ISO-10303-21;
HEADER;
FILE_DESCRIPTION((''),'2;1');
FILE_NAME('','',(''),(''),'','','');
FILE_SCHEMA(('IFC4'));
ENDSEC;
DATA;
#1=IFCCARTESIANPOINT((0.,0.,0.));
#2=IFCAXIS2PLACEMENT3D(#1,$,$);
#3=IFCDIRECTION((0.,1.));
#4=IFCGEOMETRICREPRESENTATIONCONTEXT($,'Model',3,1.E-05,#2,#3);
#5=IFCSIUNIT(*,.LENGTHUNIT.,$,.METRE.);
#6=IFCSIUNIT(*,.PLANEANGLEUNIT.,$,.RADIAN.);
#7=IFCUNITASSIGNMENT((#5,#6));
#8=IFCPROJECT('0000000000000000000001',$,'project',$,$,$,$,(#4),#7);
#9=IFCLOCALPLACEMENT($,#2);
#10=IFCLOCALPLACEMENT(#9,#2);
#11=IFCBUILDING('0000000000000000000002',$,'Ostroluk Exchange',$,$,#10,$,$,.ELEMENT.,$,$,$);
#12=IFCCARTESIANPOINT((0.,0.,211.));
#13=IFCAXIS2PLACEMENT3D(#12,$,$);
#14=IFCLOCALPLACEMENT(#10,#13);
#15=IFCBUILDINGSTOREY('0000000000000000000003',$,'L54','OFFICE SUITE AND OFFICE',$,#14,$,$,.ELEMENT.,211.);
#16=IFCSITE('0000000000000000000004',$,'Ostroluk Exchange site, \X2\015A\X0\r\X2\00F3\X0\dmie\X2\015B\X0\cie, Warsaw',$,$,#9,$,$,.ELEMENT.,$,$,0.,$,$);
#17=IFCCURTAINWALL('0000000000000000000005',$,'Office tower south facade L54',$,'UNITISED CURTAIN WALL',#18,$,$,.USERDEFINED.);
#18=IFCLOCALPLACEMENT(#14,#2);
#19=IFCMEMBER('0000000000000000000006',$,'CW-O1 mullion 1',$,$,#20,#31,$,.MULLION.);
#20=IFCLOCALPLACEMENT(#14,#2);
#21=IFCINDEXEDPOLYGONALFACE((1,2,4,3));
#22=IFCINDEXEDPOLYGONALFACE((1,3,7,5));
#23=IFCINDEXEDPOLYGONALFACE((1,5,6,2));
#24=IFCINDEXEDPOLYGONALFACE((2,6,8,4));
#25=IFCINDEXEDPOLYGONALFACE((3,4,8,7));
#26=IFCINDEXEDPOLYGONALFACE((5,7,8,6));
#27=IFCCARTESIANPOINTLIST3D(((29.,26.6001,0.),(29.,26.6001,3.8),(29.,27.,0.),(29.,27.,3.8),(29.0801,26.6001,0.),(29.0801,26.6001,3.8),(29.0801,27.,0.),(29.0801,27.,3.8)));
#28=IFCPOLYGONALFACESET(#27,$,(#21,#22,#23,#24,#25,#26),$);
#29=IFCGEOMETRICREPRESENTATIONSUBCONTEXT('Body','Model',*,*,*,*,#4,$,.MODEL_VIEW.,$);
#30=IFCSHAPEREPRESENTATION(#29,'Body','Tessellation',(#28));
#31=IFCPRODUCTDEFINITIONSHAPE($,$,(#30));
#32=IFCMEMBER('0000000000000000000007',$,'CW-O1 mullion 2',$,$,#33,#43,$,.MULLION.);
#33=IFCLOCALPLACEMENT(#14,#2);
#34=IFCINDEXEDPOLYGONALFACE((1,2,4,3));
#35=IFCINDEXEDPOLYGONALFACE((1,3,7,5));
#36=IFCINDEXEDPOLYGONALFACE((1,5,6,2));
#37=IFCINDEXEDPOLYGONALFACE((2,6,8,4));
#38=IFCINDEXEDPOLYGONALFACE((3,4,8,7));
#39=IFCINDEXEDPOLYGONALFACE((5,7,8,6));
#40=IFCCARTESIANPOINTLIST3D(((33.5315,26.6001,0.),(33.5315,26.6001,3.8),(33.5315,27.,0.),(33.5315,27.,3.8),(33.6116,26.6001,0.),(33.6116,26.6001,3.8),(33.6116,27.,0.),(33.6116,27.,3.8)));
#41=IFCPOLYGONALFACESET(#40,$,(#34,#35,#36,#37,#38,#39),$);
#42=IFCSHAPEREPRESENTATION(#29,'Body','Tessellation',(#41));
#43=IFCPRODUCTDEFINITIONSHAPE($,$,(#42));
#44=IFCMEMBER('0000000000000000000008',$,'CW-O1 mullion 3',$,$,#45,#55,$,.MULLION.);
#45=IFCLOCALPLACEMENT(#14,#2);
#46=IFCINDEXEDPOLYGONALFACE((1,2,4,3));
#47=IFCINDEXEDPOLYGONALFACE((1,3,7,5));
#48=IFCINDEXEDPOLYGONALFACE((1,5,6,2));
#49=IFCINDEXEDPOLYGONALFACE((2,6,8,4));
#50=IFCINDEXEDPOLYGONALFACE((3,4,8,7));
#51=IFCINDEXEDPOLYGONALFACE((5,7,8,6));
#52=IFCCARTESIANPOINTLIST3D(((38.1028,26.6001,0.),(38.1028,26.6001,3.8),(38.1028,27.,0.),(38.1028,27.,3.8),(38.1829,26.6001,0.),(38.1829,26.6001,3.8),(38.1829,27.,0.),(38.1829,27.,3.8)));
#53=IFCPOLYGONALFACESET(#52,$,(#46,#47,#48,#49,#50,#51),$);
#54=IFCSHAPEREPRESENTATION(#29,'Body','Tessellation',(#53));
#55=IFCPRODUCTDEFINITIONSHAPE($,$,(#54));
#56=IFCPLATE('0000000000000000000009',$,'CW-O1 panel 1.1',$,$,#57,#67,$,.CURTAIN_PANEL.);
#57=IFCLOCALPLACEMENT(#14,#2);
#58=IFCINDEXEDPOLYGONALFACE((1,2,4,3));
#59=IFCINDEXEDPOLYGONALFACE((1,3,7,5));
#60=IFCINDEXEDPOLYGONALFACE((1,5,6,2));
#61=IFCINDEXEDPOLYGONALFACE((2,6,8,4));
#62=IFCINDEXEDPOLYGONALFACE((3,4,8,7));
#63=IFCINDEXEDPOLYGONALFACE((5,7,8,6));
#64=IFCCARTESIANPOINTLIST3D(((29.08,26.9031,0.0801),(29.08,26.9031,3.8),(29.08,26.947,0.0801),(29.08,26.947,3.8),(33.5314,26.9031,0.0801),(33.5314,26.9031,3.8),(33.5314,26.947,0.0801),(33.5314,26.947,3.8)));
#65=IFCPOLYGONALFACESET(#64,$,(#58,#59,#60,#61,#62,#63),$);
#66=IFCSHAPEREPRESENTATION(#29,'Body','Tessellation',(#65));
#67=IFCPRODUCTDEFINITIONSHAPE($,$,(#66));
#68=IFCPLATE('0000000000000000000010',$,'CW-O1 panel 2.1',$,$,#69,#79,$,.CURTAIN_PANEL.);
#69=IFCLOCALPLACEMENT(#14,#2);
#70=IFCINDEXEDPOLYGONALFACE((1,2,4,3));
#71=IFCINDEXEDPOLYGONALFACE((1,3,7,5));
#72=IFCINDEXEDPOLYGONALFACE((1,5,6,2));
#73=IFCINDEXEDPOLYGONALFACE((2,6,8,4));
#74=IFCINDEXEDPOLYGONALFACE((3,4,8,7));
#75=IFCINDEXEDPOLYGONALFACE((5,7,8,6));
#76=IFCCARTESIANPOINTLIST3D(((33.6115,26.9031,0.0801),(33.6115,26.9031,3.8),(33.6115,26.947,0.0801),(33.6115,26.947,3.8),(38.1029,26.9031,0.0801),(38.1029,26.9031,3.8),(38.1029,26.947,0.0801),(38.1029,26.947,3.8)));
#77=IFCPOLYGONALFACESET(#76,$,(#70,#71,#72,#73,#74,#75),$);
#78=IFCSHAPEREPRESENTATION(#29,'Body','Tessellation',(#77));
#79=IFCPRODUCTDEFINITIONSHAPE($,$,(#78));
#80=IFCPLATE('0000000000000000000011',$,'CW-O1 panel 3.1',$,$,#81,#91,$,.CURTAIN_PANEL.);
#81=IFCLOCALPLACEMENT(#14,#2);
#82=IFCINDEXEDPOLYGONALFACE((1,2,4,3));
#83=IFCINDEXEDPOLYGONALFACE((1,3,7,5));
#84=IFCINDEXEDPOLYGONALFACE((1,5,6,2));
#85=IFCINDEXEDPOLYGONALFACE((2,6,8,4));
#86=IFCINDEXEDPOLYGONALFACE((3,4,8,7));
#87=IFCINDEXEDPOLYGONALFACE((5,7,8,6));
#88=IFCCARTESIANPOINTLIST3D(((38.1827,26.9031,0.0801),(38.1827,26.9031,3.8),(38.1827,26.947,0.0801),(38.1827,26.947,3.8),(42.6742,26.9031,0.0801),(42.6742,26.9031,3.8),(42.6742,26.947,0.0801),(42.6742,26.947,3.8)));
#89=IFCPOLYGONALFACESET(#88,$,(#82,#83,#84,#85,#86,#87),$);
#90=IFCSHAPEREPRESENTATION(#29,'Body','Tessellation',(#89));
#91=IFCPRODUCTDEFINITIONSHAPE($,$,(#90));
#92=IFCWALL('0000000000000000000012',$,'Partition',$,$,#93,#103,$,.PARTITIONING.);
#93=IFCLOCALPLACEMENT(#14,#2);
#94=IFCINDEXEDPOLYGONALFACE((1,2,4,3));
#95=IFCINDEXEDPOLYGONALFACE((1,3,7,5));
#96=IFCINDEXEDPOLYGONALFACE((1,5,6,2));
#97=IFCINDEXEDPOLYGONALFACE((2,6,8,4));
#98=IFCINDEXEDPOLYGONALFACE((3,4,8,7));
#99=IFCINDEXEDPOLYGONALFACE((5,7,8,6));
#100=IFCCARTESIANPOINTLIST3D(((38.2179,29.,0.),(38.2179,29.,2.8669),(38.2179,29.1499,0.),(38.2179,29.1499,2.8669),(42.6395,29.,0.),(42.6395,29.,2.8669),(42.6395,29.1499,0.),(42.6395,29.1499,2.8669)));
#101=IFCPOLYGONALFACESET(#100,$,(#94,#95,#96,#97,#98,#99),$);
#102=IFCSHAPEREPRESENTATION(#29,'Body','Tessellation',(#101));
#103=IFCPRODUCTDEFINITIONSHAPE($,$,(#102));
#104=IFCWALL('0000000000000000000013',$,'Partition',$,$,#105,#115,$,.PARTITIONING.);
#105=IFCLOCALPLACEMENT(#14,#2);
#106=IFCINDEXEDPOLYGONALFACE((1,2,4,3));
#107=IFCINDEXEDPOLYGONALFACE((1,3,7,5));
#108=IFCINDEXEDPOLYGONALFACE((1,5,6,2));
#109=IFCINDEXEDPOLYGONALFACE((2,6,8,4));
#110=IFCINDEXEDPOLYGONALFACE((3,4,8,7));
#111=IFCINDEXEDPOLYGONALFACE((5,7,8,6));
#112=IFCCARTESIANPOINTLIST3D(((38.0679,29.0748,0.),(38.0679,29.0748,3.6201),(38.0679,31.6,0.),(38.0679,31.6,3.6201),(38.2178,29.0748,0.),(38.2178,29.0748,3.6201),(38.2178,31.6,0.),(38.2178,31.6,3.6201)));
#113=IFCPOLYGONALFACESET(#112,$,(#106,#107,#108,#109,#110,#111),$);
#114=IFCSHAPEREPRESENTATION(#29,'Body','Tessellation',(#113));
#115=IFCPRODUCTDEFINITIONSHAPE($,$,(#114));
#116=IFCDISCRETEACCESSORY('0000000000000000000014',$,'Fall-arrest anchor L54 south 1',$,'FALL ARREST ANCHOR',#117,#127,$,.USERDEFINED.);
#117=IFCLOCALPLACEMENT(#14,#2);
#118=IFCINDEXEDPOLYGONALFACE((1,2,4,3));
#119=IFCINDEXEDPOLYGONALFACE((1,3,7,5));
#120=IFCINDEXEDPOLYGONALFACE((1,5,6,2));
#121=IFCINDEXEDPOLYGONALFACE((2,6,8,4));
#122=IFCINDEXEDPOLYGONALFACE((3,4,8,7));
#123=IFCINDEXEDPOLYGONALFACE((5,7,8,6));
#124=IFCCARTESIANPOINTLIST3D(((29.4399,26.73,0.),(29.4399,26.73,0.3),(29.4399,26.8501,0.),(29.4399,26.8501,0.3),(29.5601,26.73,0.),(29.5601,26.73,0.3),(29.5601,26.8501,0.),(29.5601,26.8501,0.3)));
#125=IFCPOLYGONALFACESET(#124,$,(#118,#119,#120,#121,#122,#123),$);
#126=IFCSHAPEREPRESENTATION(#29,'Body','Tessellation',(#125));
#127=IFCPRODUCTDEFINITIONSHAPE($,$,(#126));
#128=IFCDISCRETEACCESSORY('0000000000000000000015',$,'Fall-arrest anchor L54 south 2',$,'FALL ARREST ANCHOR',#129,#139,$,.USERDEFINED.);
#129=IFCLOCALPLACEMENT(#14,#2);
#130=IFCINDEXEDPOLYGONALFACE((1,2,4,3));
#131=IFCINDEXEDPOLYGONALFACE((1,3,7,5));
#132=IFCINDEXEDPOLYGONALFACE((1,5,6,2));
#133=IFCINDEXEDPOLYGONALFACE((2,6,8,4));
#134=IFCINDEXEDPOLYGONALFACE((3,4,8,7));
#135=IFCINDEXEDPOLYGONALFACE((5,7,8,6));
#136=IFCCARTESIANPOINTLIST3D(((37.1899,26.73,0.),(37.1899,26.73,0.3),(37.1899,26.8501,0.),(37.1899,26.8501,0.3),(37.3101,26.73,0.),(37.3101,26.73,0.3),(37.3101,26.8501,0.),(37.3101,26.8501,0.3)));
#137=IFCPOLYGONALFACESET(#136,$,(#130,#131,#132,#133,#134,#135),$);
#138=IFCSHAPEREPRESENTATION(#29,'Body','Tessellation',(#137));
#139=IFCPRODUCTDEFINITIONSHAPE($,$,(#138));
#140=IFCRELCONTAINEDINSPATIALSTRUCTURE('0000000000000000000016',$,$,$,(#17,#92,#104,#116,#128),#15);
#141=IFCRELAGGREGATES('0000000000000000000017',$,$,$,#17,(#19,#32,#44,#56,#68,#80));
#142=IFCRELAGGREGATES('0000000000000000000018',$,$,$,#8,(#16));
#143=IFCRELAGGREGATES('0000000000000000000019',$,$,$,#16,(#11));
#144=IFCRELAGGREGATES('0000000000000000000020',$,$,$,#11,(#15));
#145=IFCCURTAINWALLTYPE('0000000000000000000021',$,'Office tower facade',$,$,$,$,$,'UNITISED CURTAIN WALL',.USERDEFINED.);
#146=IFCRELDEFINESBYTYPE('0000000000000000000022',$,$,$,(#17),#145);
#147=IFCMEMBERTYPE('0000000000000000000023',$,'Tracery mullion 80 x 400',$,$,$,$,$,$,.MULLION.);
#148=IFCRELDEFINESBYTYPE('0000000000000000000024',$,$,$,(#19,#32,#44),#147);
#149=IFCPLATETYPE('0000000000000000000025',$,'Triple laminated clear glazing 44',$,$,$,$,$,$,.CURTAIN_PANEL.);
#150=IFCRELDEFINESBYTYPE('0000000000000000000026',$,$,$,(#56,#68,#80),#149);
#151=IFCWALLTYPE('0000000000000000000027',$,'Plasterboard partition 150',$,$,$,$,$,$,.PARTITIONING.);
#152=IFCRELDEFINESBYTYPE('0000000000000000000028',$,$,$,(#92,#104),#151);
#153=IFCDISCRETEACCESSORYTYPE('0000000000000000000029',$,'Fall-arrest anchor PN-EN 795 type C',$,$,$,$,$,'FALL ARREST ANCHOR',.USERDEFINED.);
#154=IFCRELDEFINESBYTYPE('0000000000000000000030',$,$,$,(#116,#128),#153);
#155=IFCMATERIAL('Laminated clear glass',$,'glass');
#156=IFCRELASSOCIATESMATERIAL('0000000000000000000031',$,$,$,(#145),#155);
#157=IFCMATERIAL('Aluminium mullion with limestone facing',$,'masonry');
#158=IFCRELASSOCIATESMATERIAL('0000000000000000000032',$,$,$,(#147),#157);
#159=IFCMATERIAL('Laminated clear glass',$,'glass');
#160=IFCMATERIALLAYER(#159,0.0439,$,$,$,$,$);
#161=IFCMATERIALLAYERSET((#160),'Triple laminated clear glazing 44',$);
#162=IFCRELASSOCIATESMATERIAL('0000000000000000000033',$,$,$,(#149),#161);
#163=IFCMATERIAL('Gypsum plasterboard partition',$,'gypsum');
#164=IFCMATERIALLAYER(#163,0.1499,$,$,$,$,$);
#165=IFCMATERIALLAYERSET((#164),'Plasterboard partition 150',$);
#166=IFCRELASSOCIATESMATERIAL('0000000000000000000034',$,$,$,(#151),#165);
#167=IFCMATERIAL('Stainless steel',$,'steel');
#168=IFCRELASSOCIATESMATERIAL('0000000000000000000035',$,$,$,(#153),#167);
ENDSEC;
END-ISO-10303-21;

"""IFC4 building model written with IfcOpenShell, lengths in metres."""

from ifc_helpers import new_model, si_unit, direction, frame, frame_2d, origin, origin_2d, place, context, subcontext, project, spatial, rectangle, extrude, material, layer, layer_set, material_profile, profile_set, type_object, element, aggregate, save


model = new_model("IFC4")

# Units and contexts
model_context = context("Model", 3, precision=1e-05, world=origin(), true_north=direction((0.0, 1.0)))
body_context = subcontext(model_context, "Body", "Model", "MODEL_VIEW")
ifc_project = project(units=[si_unit("LENGTHUNIT", "METRE"), si_unit("PLANEANGLEUNIT", "RADIAN")], contexts=[model_context])

# Site, building, storey
site_placement = place(None, origin())
site = spatial("IfcSite", under=ifc_project, at=site_placement, Name="Ostroluk Exchange site, Śródmieście, Warsaw", CompositionType="ELEMENT", RefElevation=0.0)
building_placement = place(site_placement, origin())
building = spatial("IfcBuilding", under=site, at=building_placement, Name="Ostroluk Exchange", CompositionType="ELEMENT")
storey_placement = place(building_placement, frame((0.0, 0.0, 211.0)))
storey = spatial("IfcBuildingStorey", under=building, at=storey_placement, Name="L54", Description="OFFICE SUITE AND OFFICE", CompositionType="ELEMENT", Elevation=211.0)

# Curtain wall, members, plates
ifc_material_1 = material(Name="Laminated clear glass", Category="glass")
curtain_wall_type = type_object("IfcCurtainWallType", Name="Office tower facade", ElementType="UNITISED CURTAIN WALL", PredefinedType="USERDEFINED", material=ifc_material_1)
curtain_wall_placement = place(storey_placement, origin())
curtain_wall = element("IfcCurtainWall", 1, at=curtain_wall_placement, inside=storey, type_object=curtain_wall_type, Name="Office tower south facade L54", ObjectType="UNITISED CURTAIN WALL", PredefinedType="USERDEFINED")
ifc_material_2 = material(Name="Aluminium mullion with limestone facing", Category="masonry")
ifc_material_profile_1 = material_profile(ifc_material_2, rectangle(XDim=0.3999, YDim=0.0801, at=origin_2d()), Name="Tracery mullion 80 x 400")
ifc_profile_set_1 = profile_set([ifc_material_profile_1], Name="Aluminium mullion with limestone facing")
member_type_1 = type_object("IfcMemberType", Name="Tracery mullion 80 x 400", PredefinedType="MULLION", material=ifc_profile_set_1)
member_1_placement = place(storey_placement, frame((29.04, 26.8, 0.0), z_axis=(0.0, 0.0, 1.0), x_axis=(0.0, 1.0, 0.0)))
member_1 = element("IfcMember", 2, at=member_1_placement, type_object=member_type_1, Name="CW-O1 mullion 1", PredefinedType="MULLION", context=body_context, shape_type="SweptSolid", body=[
    extrude(rectangle(XDim=0.3999, YDim=0.0801, at=origin_2d()), origin(), (0.0, 0.0, 1.0), 3.8),
])
member_2_placement = place(storey_placement, frame((33.5715, 26.8, 0.0), z_axis=(0.0, 0.0, 1.0), x_axis=(0.0, 1.0, 0.0)))
member_2 = element("IfcMember", 3, at=member_2_placement, type_object=member_type_1, Name="CW-O1 mullion 2", PredefinedType="MULLION", context=body_context, shape_type="SweptSolid", body=[
    extrude(rectangle(XDim=0.3999, YDim=0.0801, at=origin_2d()), origin(), (0.0, 0.0, 1.0), 3.8),
])
member_3_placement = place(storey_placement, frame((38.1428, 26.8, 0.0), z_axis=(0.0, 0.0, 1.0), x_axis=(0.0, 1.0, 0.0)))
member_3 = element("IfcMember", 4, at=member_3_placement, type_object=member_type_1, Name="CW-O1 mullion 3", PredefinedType="MULLION", context=body_context, shape_type="SweptSolid", body=[
    extrude(rectangle(XDim=0.3999, YDim=0.0801, at=origin_2d()), origin(), (0.0, 0.0, 1.0), 3.8),
])
ifc_material_3 = material(Name="Laminated clear glass", Category="glass")
ifc_layer_1 = layer(ifc_material_3, 0.0439)
ifc_layer_set_1 = layer_set([ifc_layer_1], Name="Triple laminated clear glazing 44")
plate_type = type_object("IfcPlateType", Name="Triple laminated clear glazing 44", PredefinedType="CURTAIN_PANEL", material=ifc_layer_set_1)
plate_1_placement = place(storey_placement, frame((31.3057, 26.925, 0.0801), z_axis=(0.0, 0.0, 1.0), x_axis=(1.0, 0.0, 0.0)))
plate_1 = element("IfcPlate", 5, at=plate_1_placement, type_object=plate_type, Name="CW-O1 panel 1.1", PredefinedType="CURTAIN_PANEL", context=body_context, shape_type="SweptSolid", body=[
    extrude(rectangle(XDim=4.4514, YDim=0.0439, at=origin_2d()), origin(), (0.0, 0.0, 1.0), 3.72),
])
plate_2_placement = place(storey_placement, frame((35.8572, 26.925, 0.0801), z_axis=(0.0, 0.0, 1.0), x_axis=(1.0, 0.0, 0.0)))
plate_2 = element("IfcPlate", 6, at=plate_2_placement, type_object=plate_type, Name="CW-O1 panel 2.1", PredefinedType="CURTAIN_PANEL", context=body_context, shape_type="SweptSolid", body=[
    extrude(rectangle(XDim=4.4915, YDim=0.0439, at=origin_2d()), origin(), (0.0, 0.0, 1.0), 3.72),
])
plate_3_placement = place(storey_placement, frame((40.4285, 26.925, 0.0801), z_axis=(0.0, 0.0, 1.0), x_axis=(1.0, 0.0, 0.0)))
plate_3 = element("IfcPlate", 7, at=plate_3_placement, type_object=plate_type, Name="CW-O1 panel 3.1", PredefinedType="CURTAIN_PANEL", context=body_context, shape_type="SweptSolid", body=[
    extrude(rectangle(XDim=4.4915, YDim=0.0439, at=origin_2d()), origin(), (0.0, 0.0, 1.0), 3.72),
])
aggregate(curtain_wall, [member_1, member_2, member_3, plate_1, plate_2, plate_3])

# Walls
ifc_material_4 = material(Name="Gypsum plasterboard partition", Category="gypsum")
ifc_layer_2 = layer(ifc_material_4, 0.1499)
ifc_layer_set_2 = layer_set([ifc_layer_2], Name="Plasterboard partition 150")
wall_type_1 = type_object("IfcWallType", Name="Plasterboard partition 150", PredefinedType="PARTITIONING", material=ifc_layer_set_2)
wall_1_placement = place(storey_placement, frame((38.2178, 29.075, 0.0), z_axis=(0.0, 0.0, 1.0), x_axis=(1.0, 0.0, 0.0)))
element("IfcWall", 8, at=wall_1_placement, inside=storey, type_object=wall_type_1, Name="Partition", PredefinedType="PARTITIONING", context=body_context, shape_type="SweptSolid", body=[
    extrude(rectangle(XDim=4.4216, YDim=0.1499, at=frame_2d((2.2109, 0.0))), origin(), (0.0, 0.0, 1.0), 2.8669),
])
wall_2_placement = place(storey_placement, frame((38.1428, 31.6001, 0.0), z_axis=(0.0, 0.0, 1.0), x_axis=(0.0, -1.0, 0.0)))
element("IfcWall", 9, at=wall_2_placement, inside=storey, type_object=wall_type_1, Name="Partition", PredefinedType="PARTITIONING", context=body_context, shape_type="SweptSolid", body=[
    extrude(rectangle(XDim=2.5251, YDim=0.1499, at=frame_2d((1.2627, 0.0))), origin(), (0.0, 0.0, 1.0), 3.6201),
])

# Discrete accessories
ifc_material_5 = material(Name="Stainless steel", Category="steel")
discrete_accessory_type = type_object("IfcDiscreteAccessoryType", Name="Fall-arrest anchor PN-EN 795 type C", ElementType="FALL ARREST ANCHOR", PredefinedType="USERDEFINED", material=ifc_material_5)
for number, where, z_axis, x_axis, name in (
    (10, (29.5, 26.79, 0.0), (0.0, 0.0, 1.0), (1.0, 0.0, 0.0), "Fall-arrest anchor L54 south 1"),
    (11, (37.25, 26.79, 0.0), (0.0, 0.0, 1.0), (1.0, 0.0, 0.0), "Fall-arrest anchor L54 south 2"),
):
    element("IfcDiscreteAccessory", number, at=place(storey_placement, frame(where, z_axis=z_axis, x_axis=x_axis)), inside=storey, type_object=discrete_accessory_type, Name=name, ObjectType="FALL ARREST ANCHOR", PredefinedType="USERDEFINED", context=body_context, shape_type="SweptSolid", body=[
        extrude(rectangle(XDim=0.1201, YDim=0.1201, at=origin_2d()), origin(), (0.0, 0.0, 1.0), 0.3),
    ])

save(model, "model.ifc")
